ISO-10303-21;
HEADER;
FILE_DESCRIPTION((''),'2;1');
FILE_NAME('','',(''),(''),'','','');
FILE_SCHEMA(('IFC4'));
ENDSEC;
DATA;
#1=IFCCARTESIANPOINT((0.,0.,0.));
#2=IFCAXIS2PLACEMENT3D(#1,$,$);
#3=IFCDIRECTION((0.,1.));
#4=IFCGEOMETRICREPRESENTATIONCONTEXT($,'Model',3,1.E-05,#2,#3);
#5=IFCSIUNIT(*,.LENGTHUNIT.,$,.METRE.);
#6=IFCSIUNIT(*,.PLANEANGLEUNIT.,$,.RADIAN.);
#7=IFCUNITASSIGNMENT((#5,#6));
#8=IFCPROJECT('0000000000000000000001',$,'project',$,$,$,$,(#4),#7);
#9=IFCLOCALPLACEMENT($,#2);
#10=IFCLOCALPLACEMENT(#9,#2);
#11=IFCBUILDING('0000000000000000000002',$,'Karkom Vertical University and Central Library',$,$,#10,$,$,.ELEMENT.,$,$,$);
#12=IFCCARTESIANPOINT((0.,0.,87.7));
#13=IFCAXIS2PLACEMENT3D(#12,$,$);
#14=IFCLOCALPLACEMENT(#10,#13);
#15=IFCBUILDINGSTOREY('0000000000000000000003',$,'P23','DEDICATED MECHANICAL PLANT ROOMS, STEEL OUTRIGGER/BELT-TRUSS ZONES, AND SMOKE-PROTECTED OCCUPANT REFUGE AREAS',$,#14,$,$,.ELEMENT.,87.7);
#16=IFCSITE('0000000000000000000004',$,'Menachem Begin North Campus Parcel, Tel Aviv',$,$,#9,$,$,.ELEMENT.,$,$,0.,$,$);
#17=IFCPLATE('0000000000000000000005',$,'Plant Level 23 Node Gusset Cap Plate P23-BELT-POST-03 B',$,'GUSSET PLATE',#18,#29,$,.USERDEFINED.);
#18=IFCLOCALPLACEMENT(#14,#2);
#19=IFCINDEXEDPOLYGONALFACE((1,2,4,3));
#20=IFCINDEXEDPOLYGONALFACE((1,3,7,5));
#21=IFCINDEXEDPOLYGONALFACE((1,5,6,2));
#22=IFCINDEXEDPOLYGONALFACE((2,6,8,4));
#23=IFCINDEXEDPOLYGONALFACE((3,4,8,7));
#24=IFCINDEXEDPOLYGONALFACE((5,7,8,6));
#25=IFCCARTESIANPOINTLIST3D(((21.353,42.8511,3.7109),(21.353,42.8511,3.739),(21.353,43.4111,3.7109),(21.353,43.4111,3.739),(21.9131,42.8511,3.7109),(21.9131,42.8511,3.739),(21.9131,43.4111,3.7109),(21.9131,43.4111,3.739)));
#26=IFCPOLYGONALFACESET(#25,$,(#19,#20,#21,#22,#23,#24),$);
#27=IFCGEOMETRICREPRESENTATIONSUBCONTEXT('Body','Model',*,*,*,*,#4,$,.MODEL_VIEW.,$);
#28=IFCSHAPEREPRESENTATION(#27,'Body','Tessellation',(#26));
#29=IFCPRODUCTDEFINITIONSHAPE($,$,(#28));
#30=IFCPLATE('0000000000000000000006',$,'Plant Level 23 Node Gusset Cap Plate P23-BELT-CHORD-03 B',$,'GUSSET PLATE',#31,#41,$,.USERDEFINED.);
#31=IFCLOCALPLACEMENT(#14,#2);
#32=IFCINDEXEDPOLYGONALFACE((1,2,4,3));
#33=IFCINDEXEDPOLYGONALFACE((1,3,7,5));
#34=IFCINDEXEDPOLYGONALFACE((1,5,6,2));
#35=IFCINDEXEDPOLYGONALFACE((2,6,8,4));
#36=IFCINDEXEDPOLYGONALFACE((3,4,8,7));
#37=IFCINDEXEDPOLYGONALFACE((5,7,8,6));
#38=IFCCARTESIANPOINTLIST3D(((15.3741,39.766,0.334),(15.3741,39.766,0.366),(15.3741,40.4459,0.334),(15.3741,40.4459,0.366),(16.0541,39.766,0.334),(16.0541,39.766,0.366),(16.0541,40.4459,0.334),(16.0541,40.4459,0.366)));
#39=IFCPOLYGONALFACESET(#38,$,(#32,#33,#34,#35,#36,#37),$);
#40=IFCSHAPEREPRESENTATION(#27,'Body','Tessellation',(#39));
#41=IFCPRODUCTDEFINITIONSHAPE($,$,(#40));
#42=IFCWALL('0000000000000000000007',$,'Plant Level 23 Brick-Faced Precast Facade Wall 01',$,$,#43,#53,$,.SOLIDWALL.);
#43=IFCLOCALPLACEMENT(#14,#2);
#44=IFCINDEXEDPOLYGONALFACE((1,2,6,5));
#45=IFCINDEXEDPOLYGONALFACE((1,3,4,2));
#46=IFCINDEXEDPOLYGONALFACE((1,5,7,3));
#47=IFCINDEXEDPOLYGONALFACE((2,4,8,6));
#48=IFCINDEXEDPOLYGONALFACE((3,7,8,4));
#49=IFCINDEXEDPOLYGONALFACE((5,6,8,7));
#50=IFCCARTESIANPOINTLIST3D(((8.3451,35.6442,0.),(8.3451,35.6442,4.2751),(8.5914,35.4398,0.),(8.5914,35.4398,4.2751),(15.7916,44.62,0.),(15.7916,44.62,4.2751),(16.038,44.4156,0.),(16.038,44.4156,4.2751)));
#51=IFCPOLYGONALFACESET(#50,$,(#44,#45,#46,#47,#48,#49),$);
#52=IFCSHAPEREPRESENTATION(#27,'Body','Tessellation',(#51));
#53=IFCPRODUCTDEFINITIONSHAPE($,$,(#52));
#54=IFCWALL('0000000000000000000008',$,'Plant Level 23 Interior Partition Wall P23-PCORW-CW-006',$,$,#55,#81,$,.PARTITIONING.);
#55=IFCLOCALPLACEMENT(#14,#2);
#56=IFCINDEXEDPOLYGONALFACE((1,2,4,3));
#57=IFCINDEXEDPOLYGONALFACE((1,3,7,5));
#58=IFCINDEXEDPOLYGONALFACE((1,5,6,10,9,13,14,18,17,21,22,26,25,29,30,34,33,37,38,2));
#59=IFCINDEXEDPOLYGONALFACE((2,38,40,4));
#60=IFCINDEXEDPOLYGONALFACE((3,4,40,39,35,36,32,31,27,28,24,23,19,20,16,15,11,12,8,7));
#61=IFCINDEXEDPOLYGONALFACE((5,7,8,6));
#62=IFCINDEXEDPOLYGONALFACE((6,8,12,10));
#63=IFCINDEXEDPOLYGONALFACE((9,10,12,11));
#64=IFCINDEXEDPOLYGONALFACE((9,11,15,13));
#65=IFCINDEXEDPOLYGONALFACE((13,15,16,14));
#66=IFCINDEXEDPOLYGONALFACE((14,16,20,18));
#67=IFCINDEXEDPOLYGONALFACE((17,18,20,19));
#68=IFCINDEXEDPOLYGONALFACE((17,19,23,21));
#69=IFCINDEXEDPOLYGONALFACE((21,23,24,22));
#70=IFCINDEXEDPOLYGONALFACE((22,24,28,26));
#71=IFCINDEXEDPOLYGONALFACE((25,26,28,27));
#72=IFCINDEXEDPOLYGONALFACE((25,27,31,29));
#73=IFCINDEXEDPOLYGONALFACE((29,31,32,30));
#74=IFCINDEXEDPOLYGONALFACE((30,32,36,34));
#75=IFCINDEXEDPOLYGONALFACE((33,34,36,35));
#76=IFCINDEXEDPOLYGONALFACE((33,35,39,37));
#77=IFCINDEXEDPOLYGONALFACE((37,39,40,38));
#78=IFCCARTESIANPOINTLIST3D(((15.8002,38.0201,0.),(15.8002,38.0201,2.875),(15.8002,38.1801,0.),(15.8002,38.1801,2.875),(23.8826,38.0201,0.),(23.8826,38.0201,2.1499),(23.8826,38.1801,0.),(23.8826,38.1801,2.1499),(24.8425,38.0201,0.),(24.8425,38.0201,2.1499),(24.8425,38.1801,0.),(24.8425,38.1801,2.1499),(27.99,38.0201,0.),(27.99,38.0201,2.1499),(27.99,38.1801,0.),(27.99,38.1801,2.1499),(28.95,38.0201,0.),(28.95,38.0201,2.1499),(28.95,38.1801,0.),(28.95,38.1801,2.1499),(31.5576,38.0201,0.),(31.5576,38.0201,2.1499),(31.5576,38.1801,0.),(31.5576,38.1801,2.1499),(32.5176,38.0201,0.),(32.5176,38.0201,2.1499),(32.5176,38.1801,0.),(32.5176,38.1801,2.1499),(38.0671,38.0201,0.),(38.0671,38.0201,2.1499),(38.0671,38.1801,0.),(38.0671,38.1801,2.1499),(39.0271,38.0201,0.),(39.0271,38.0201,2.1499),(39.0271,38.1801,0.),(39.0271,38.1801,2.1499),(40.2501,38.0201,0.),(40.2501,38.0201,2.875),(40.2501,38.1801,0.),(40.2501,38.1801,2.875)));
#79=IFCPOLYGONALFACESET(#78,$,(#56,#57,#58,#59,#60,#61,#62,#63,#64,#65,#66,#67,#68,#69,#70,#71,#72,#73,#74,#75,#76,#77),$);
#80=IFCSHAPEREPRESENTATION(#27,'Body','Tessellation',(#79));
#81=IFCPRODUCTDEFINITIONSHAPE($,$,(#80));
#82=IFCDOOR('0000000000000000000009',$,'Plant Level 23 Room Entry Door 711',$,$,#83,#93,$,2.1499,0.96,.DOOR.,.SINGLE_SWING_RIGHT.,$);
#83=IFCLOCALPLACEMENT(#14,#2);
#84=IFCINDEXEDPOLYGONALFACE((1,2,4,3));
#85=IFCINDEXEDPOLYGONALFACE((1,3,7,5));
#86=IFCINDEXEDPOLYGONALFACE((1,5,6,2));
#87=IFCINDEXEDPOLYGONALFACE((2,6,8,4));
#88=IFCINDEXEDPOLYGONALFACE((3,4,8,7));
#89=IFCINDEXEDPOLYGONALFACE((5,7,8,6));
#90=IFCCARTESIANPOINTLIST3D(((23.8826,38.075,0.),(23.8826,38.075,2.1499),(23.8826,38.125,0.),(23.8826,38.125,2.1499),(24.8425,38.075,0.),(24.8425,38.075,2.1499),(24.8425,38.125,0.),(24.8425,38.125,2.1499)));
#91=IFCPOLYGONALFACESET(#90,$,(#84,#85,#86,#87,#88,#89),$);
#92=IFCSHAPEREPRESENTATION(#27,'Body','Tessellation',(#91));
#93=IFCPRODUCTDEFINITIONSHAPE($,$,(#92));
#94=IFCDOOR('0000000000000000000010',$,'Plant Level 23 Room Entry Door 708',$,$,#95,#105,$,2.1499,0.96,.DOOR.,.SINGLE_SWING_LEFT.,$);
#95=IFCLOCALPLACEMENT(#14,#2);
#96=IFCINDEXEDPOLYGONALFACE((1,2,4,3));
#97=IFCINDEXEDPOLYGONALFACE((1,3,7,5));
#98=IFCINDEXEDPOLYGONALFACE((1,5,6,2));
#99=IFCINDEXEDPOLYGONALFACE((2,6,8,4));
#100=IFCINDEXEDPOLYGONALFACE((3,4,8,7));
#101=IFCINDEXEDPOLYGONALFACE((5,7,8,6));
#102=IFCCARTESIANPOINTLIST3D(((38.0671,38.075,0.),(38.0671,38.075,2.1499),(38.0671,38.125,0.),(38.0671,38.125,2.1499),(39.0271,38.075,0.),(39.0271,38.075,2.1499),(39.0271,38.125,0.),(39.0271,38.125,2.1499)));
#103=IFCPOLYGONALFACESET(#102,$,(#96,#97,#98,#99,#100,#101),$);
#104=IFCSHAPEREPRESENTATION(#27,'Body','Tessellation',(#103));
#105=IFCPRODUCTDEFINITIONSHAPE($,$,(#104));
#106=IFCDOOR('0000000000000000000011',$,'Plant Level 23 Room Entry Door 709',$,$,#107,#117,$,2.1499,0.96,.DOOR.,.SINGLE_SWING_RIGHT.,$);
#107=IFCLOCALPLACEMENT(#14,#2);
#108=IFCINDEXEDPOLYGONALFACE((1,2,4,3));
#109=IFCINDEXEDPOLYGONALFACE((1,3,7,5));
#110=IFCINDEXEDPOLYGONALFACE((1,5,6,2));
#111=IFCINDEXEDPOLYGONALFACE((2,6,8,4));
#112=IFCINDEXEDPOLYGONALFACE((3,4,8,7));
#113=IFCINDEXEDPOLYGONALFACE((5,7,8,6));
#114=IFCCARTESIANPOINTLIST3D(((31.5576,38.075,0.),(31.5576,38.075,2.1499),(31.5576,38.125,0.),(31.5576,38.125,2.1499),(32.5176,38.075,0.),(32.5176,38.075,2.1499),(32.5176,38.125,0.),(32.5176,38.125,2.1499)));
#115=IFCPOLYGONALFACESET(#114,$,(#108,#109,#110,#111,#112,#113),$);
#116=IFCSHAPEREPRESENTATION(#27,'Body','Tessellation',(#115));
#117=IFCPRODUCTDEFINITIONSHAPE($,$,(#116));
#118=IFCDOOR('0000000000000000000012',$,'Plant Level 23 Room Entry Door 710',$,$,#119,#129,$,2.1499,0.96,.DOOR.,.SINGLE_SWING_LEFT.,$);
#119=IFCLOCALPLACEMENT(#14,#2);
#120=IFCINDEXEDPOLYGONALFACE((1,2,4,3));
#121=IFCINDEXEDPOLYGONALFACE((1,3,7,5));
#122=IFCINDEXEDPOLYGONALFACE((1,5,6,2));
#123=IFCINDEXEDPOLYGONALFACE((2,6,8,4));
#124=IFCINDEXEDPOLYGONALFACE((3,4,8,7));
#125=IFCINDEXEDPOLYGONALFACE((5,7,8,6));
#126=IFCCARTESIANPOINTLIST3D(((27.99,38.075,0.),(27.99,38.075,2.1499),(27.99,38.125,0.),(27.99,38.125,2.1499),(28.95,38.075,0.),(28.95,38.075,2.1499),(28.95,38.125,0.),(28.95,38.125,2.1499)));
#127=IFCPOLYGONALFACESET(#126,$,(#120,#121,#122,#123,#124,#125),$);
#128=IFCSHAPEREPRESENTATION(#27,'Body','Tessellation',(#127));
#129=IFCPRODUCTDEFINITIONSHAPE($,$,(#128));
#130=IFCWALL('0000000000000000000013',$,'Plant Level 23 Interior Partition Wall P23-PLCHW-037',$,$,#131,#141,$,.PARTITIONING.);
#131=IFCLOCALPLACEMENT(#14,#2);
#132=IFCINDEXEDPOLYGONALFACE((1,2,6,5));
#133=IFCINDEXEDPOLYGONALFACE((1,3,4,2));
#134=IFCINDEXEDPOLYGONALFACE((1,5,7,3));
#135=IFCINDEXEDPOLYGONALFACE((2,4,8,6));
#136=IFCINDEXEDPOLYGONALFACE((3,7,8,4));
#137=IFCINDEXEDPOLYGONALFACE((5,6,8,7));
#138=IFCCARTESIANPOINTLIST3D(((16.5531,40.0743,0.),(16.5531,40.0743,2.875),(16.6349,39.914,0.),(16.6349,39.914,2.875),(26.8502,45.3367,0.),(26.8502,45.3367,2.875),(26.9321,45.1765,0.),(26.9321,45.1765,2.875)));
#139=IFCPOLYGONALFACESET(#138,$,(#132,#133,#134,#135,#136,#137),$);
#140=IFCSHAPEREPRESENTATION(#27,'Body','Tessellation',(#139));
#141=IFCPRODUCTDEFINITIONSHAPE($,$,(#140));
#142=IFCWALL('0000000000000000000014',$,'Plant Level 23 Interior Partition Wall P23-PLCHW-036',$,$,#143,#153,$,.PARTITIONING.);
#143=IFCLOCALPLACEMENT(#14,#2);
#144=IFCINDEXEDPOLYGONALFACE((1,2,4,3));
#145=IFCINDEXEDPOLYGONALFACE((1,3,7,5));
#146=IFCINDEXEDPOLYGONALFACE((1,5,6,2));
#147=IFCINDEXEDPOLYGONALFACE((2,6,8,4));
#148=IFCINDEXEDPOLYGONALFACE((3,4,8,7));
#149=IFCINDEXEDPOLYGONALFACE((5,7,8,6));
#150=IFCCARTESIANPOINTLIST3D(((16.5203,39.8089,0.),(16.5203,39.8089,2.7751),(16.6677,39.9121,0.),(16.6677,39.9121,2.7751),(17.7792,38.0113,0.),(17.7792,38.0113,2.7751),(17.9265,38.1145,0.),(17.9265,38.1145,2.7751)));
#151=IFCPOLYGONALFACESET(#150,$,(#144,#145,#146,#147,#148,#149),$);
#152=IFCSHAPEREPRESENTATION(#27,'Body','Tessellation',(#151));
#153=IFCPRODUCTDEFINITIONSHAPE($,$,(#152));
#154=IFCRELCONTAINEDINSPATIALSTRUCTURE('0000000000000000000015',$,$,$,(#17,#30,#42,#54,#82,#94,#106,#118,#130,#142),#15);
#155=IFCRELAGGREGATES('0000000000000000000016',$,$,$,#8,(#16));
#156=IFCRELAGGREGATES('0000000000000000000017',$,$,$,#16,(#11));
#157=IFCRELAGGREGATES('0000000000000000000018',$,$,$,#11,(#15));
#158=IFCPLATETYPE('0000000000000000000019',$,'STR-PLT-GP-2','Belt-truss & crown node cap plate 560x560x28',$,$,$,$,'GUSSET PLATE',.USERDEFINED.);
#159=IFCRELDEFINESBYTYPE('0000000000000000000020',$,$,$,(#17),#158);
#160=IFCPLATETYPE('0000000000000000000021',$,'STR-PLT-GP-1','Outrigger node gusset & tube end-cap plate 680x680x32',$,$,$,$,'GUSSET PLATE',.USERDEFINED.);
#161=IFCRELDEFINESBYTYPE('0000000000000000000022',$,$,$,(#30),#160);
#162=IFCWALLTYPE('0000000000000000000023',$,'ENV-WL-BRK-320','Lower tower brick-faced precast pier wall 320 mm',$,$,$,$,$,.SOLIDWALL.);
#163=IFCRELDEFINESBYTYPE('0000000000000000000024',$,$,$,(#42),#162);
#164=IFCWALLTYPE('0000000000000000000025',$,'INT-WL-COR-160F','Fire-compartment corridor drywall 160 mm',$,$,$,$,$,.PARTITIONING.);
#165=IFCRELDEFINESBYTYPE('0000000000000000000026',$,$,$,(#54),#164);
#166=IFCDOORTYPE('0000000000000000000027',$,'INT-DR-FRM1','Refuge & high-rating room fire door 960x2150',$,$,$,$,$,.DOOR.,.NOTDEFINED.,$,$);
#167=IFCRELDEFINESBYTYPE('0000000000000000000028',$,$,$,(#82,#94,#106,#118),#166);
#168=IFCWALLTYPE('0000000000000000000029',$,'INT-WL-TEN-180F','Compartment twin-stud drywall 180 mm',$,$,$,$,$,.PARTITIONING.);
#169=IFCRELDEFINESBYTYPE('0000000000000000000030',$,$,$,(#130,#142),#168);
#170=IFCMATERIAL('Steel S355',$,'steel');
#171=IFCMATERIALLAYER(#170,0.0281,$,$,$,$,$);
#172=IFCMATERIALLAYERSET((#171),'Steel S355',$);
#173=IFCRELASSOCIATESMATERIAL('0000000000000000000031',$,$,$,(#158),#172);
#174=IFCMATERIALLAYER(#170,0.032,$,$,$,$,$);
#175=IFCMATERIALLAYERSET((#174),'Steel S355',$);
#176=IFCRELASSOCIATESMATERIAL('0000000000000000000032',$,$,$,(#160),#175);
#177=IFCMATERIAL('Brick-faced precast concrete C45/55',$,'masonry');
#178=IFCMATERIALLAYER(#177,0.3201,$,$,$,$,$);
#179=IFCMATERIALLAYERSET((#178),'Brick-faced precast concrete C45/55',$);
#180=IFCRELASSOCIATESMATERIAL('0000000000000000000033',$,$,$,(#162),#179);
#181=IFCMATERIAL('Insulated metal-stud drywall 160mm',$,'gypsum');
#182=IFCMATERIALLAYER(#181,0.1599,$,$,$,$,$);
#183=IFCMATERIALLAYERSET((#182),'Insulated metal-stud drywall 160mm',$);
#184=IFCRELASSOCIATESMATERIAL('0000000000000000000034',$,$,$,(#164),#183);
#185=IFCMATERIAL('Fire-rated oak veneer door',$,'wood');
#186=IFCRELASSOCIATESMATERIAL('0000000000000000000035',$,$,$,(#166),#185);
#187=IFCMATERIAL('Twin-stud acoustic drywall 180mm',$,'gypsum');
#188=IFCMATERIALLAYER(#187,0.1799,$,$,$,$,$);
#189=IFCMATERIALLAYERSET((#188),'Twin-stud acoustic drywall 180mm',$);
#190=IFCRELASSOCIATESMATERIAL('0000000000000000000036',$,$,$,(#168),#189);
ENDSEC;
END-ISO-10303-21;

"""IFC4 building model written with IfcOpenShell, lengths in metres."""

from ifc_helpers import new_model, si_unit, direction, frame, frame_2d, origin, origin_with_axes, origin_2d, place, context, subcontext, project, spatial, rectangle, extrude, source, transform, mapped, material, layer, layer_set, type_object, element, fill, save


model = new_model("IFC4")

# Units and contexts
model_context = context("Model", 3, precision=1e-05, world=origin(), true_north=direction((0.0, 1.0)))
body_context = subcontext(model_context, "Body", "Model", "MODEL_VIEW")
ifc_project = project(units=[si_unit("LENGTHUNIT", "METRE"), si_unit("PLANEANGLEUNIT", "RADIAN")], contexts=[model_context])

# Site, building, storey
site_placement = place(None, origin())
site = spatial("IfcSite", under=ifc_project, at=site_placement, Name="Menachem Begin North Campus Parcel, Tel Aviv", CompositionType="ELEMENT", RefElevation=0.0)
building_placement = place(site_placement, origin())
building = spatial("IfcBuilding", under=site, at=building_placement, Name="Karkom Vertical University and Central Library", CompositionType="ELEMENT")
storey_placement = place(building_placement, frame((0.0, 0.0, 87.7)))
storey = spatial("IfcBuildingStorey", under=building, at=storey_placement, Name="P23", Description="DEDICATED MECHANICAL PLANT ROOMS, STEEL OUTRIGGER/BELT-TRUSS ZONES, AND SMOKE-PROTECTED OCCUPANT REFUGE AREAS", CompositionType="ELEMENT", Elevation=87.7)

# Shared definitions
ifc_material_1 = material(Name="Steel S355", Category="steel")

# Plates
ifc_layer_1 = layer(ifc_material_1, 0.0281)
ifc_layer_set_1 = layer_set([ifc_layer_1], Name="Steel S355")
plate_type_1 = type_object("IfcPlateType", Name="STR-PLT-GP-2", Description="Belt-truss & crown node cap plate 560x560x28", ElementType="GUSSET PLATE", PredefinedType="USERDEFINED", material=ifc_layer_set_1)
shared_shape_1 = source(origin_with_axes(), body_context, "Body", "SweptSolid", [
    extrude(rectangle(XDim=0.5601, YDim=0.5601, at=origin_2d()), origin(), (0.0, 0.0, 1.0), 0.0281),
])
for number, where, z_axis, x_axis, name in (
    (1, (21.6331, 43.1311, 3.7109), (0.0, 0.0, 1.0), (1.0, 0.0, 0.0), "Plant Level 23 Node Gusset Cap Plate P23-BELT-POST-03 B"),
):
    element("IfcPlate", number, at=place(storey_placement, frame(where, z_axis=z_axis, x_axis=x_axis)), inside=storey, type_object=plate_type_1, Name=name, ObjectType="GUSSET PLATE", PredefinedType="USERDEFINED", context=body_context, shape_type="MappedRepresentation", body=[
        mapped(shared_shape_1, transform((0.0, 0.0, 0.0), scale=1.0)),
    ])
ifc_layer_2 = layer(ifc_material_1, 0.032)
ifc_layer_set_2 = layer_set([ifc_layer_2], Name="Steel S355")
plate_type_2 = type_object("IfcPlateType", Name="STR-PLT-GP-1", Description="Outrigger node gusset & tube end-cap plate 680x680x32", ElementType="GUSSET PLATE", PredefinedType="USERDEFINED", material=ifc_layer_set_2)
shared_shape_2 = source(origin_with_axes(), body_context, "Body", "SweptSolid", [
    extrude(rectangle(XDim=0.6799, YDim=0.6799, at=origin_2d()), origin(), (0.0, 0.0, 1.0), 0.032),
])
plate_placement = place(storey_placement, frame((15.7141, 40.106, 0.334), z_axis=(0.0, 0.0, 1.0), x_axis=(1.0, 0.0, 0.0)))
element("IfcPlate", 2, at=plate_placement, inside=storey, type_object=plate_type_2, Name="Plant Level 23 Node Gusset Cap Plate P23-BELT-CHORD-03 B", ObjectType="GUSSET PLATE", PredefinedType="USERDEFINED", context=body_context, shape_type="MappedRepresentation", body=[
    mapped(shared_shape_2, transform((0.0, 0.0, 0.0), scale=1.0)),
])

# Wall
ifc_material_2 = material(Name="Brick-faced precast concrete C45/55", Category="masonry")
ifc_layer_3 = layer(ifc_material_2, 0.3201)
ifc_layer_set_3 = layer_set([ifc_layer_3], Name="Brick-faced precast concrete C45/55")
wall_type_1 = type_object("IfcWallType", Name="ENV-WL-BRK-320", Description="Lower tower brick-faced precast pier wall 320 mm", PredefinedType="SOLIDWALL", material=ifc_layer_set_3)
wall_1_placement = place(storey_placement, frame((15.9148, 44.5178, 0.0), z_axis=(0.0, 0.0, 1.0), x_axis=(-0.638496, -0.769625, 0.0)))
element("IfcWall", 3, at=wall_1_placement, inside=storey, type_object=wall_type_1, Name="Plant Level 23 Brick-Faced Precast Facade Wall 01", PredefinedType="SOLIDWALL", context=body_context, shape_type="SweptSolid", body=[
    extrude(rectangle(XDim=11.6626, YDim=0.3201, at=frame_2d((5.8313, 0.0))), origin(), (0.0, 0.0, 1.0), 4.2751),
])

# Wall, openings, doors
ifc_material_3 = material(Name="Insulated metal-stud drywall 160mm", Category="gypsum")
ifc_layer_4 = layer(ifc_material_3, 0.1599)
ifc_layer_set_4 = layer_set([ifc_layer_4], Name="Insulated metal-stud drywall 160mm")
wall_type_2 = type_object("IfcWallType", Name="INT-WL-COR-160F", Description="Fire-compartment corridor drywall 160 mm", PredefinedType="PARTITIONING", material=ifc_layer_set_4)
wall_2_placement = place(storey_placement, frame((15.8, 38.1001, 0.0), z_axis=(0.0, 0.0, 1.0), x_axis=(1.0, 0.0, 0.0)))
wall_2 = element("IfcWall", 4, at=wall_2_placement, inside=storey, type_object=wall_type_2, Name="Plant Level 23 Interior Partition Wall P23-PCORW-CW-006", PredefinedType="PARTITIONING", context=body_context, shape_type="SweptSolid", body=[
    extrude(rectangle(XDim=24.45, YDim=0.1599, at=frame_2d((12.2251, 0.0))), origin(), (0.0, 0.0, 1.0), 2.875),
])
opening_1_placement = place(wall_2_placement, frame((8.0825, 0.0, 0.0)))
opening_1 = element("IfcOpeningElement", 5, at=opening_1_placement, cuts=wall_2, PredefinedType="OPENING", context=body_context, shape_type="SweptSolid", body=[
    extrude(rectangle(XDim=0.96, YDim=2.1499, at=frame_2d((0.48, 1.075))), frame((0.0, 0.0898, 0.0), z_axis=(0.0, -1.0, 0.0), x_axis=(1.0, 0.0, 0.0)), (0.0, 0.0, 1.0), 0.1799),
])
opening_2_placement = place(wall_2_placement, frame((22.2671, 0.0, 0.0)))
opening_2 = element("IfcOpeningElement", 6, at=opening_2_placement, cuts=wall_2, PredefinedType="OPENING", context=body_context, shape_type="SweptSolid", body=[
    extrude(rectangle(XDim=0.96, YDim=2.1499, at=frame_2d((0.48, 1.075))), frame((0.0, 0.0898, 0.0), z_axis=(0.0, -1.0, 0.0), x_axis=(1.0, 0.0, 0.0)), (0.0, 0.0, 1.0), 0.1799),
])
opening_3_placement = place(wall_2_placement, frame((15.7576, 0.0, 0.0)))
opening_3 = element("IfcOpeningElement", 7, at=opening_3_placement, cuts=wall_2, PredefinedType="OPENING", context=body_context, shape_type="SweptSolid", body=[
    extrude(rectangle(XDim=0.96, YDim=2.1499, at=frame_2d((0.48, 1.075))), frame((0.0, 0.0898, 0.0), z_axis=(0.0, -1.0, 0.0), x_axis=(1.0, 0.0, 0.0)), (0.0, 0.0, 1.0), 0.1799),
])
opening_4_placement = place(wall_2_placement, frame((12.1899, 0.0, 0.0)))
opening_4 = element("IfcOpeningElement", 8, at=opening_4_placement, cuts=wall_2, PredefinedType="OPENING", context=body_context, shape_type="SweptSolid", body=[
    extrude(rectangle(XDim=0.96, YDim=2.1499, at=frame_2d((0.48, 1.075))), frame((0.0, 0.0898, 0.0), z_axis=(0.0, -1.0, 0.0), x_axis=(1.0, 0.0, 0.0)), (0.0, 0.0, 1.0), 0.1799),
])
ifc_material_4 = material(Name="Fire-rated oak veneer door", Category="wood")
door_type = type_object("IfcDoorType", Name="INT-DR-FRM1", Description="Refuge & high-rating room fire door 960x2150", OperationType="NOTDEFINED", PredefinedType="DOOR", material=ifc_material_4)
shared_shape_3 = source(origin_with_axes(), body_context, "Body", "SweptSolid", [
    extrude(rectangle(XDim=0.96, YDim=2.1499, at=frame_2d((0.48, 1.075))), frame((0.0, 0.0249, 0.0), z_axis=(0.0, -1.0, 0.0), x_axis=(1.0, 0.0, 0.0)), (0.0, 0.0, 1.0), 0.05),
])
door_1_placement = place(opening_1_placement, origin())
door_1 = element("IfcDoor", 9, at=door_1_placement, inside=storey, type_object=door_type, Name="Plant Level 23 Room Entry Door 711", OperationType="SINGLE_SWING_RIGHT", OverallHeight=2.1499, OverallWidth=0.96, PredefinedType="DOOR", context=body_context, shape_type="MappedRepresentation", body=[
    mapped(shared_shape_3, transform((0.0, 0.0, 0.0), scale=1.0)),
])
fill(opening_1, door_1)
door_2_placement = place(opening_2_placement, origin())
door_2 = element("IfcDoor", 10, at=door_2_placement, inside=storey, type_object=door_type, Name="Plant Level 23 Room Entry Door 708", OperationType="SINGLE_SWING_LEFT", OverallHeight=2.1499, OverallWidth=0.96, PredefinedType="DOOR", context=body_context, shape_type="MappedRepresentation", body=[
    mapped(shared_shape_3, transform((0.0, 0.0, 0.0), scale=1.0)),
])
fill(opening_2, door_2)
door_3_placement = place(opening_3_placement, origin())
door_3 = element("IfcDoor", 11, at=door_3_placement, inside=storey, type_object=door_type, Name="Plant Level 23 Room Entry Door 709", OperationType="SINGLE_SWING_RIGHT", OverallHeight=2.1499, OverallWidth=0.96, PredefinedType="DOOR", context=body_context, shape_type="MappedRepresentation", body=[
    mapped(shared_shape_3, transform((0.0, 0.0, 0.0), scale=1.0)),
])
fill(opening_3, door_3)
door_4_placement = place(opening_4_placement, origin())
door_4 = element("IfcDoor", 12, at=door_4_placement, inside=storey, type_object=door_type, Name="Plant Level 23 Room Entry Door 710", OperationType="SINGLE_SWING_LEFT", OverallHeight=2.1499, OverallWidth=0.96, PredefinedType="DOOR", context=body_context, shape_type="MappedRepresentation", body=[
    mapped(shared_shape_3, transform((0.0, 0.0, 0.0), scale=1.0)),
])
fill(opening_4, door_4)

# Walls
ifc_material_5 = material(Name="Twin-stud acoustic drywall 180mm", Category="gypsum")
ifc_layer_5 = layer(ifc_material_5, 0.1799)
ifc_layer_set_5 = layer_set([ifc_layer_5], Name="Twin-stud acoustic drywall 180mm")
wall_type_3 = type_object("IfcWallType", Name="INT-WL-TEN-180F", Description="Compartment twin-stud drywall 180 mm", PredefinedType="PARTITIONING", material=ifc_layer_set_5)
wall_3_placement = place(storey_placement, frame((16.594, 39.9941, 0.0), z_axis=(0.0, 0.0, 1.0), x_axis=(0.890453, 0.455075, 0.0)))
element("IfcWall", 13, at=wall_3_placement, inside=storey, type_object=wall_type_3, Name="Plant Level 23 Interior Partition Wall P23-PLCHW-037", PredefinedType="PARTITIONING", context=body_context, shape_type="SweptSolid", body=[
    extrude(rectangle(XDim=11.564, YDim=0.1799, at=frame_2d((5.782, 0.0))), origin(), (0.0, 0.0, 1.0), 2.875),
])
wall_4_placement = place(storey_placement, frame((17.8528, 38.063, 0.0), z_axis=(0.0, 0.0, 1.0), x_axis=(-0.573604, 0.819133, 0.0)))
element("IfcWall", 14, at=wall_4_placement, inside=storey, type_object=wall_type_3, Name="Plant Level 23 Interior Partition Wall P23-PLCHW-036", PredefinedType="PARTITIONING", context=body_context, shape_type="SweptSolid", body=[
    extrude(rectangle(XDim=2.1946, YDim=0.1799, at=frame_2d((1.0972, 0.0))), origin(), (0.0, 0.0, 1.0), 2.7751),
])

save(model, "model.ifc")
